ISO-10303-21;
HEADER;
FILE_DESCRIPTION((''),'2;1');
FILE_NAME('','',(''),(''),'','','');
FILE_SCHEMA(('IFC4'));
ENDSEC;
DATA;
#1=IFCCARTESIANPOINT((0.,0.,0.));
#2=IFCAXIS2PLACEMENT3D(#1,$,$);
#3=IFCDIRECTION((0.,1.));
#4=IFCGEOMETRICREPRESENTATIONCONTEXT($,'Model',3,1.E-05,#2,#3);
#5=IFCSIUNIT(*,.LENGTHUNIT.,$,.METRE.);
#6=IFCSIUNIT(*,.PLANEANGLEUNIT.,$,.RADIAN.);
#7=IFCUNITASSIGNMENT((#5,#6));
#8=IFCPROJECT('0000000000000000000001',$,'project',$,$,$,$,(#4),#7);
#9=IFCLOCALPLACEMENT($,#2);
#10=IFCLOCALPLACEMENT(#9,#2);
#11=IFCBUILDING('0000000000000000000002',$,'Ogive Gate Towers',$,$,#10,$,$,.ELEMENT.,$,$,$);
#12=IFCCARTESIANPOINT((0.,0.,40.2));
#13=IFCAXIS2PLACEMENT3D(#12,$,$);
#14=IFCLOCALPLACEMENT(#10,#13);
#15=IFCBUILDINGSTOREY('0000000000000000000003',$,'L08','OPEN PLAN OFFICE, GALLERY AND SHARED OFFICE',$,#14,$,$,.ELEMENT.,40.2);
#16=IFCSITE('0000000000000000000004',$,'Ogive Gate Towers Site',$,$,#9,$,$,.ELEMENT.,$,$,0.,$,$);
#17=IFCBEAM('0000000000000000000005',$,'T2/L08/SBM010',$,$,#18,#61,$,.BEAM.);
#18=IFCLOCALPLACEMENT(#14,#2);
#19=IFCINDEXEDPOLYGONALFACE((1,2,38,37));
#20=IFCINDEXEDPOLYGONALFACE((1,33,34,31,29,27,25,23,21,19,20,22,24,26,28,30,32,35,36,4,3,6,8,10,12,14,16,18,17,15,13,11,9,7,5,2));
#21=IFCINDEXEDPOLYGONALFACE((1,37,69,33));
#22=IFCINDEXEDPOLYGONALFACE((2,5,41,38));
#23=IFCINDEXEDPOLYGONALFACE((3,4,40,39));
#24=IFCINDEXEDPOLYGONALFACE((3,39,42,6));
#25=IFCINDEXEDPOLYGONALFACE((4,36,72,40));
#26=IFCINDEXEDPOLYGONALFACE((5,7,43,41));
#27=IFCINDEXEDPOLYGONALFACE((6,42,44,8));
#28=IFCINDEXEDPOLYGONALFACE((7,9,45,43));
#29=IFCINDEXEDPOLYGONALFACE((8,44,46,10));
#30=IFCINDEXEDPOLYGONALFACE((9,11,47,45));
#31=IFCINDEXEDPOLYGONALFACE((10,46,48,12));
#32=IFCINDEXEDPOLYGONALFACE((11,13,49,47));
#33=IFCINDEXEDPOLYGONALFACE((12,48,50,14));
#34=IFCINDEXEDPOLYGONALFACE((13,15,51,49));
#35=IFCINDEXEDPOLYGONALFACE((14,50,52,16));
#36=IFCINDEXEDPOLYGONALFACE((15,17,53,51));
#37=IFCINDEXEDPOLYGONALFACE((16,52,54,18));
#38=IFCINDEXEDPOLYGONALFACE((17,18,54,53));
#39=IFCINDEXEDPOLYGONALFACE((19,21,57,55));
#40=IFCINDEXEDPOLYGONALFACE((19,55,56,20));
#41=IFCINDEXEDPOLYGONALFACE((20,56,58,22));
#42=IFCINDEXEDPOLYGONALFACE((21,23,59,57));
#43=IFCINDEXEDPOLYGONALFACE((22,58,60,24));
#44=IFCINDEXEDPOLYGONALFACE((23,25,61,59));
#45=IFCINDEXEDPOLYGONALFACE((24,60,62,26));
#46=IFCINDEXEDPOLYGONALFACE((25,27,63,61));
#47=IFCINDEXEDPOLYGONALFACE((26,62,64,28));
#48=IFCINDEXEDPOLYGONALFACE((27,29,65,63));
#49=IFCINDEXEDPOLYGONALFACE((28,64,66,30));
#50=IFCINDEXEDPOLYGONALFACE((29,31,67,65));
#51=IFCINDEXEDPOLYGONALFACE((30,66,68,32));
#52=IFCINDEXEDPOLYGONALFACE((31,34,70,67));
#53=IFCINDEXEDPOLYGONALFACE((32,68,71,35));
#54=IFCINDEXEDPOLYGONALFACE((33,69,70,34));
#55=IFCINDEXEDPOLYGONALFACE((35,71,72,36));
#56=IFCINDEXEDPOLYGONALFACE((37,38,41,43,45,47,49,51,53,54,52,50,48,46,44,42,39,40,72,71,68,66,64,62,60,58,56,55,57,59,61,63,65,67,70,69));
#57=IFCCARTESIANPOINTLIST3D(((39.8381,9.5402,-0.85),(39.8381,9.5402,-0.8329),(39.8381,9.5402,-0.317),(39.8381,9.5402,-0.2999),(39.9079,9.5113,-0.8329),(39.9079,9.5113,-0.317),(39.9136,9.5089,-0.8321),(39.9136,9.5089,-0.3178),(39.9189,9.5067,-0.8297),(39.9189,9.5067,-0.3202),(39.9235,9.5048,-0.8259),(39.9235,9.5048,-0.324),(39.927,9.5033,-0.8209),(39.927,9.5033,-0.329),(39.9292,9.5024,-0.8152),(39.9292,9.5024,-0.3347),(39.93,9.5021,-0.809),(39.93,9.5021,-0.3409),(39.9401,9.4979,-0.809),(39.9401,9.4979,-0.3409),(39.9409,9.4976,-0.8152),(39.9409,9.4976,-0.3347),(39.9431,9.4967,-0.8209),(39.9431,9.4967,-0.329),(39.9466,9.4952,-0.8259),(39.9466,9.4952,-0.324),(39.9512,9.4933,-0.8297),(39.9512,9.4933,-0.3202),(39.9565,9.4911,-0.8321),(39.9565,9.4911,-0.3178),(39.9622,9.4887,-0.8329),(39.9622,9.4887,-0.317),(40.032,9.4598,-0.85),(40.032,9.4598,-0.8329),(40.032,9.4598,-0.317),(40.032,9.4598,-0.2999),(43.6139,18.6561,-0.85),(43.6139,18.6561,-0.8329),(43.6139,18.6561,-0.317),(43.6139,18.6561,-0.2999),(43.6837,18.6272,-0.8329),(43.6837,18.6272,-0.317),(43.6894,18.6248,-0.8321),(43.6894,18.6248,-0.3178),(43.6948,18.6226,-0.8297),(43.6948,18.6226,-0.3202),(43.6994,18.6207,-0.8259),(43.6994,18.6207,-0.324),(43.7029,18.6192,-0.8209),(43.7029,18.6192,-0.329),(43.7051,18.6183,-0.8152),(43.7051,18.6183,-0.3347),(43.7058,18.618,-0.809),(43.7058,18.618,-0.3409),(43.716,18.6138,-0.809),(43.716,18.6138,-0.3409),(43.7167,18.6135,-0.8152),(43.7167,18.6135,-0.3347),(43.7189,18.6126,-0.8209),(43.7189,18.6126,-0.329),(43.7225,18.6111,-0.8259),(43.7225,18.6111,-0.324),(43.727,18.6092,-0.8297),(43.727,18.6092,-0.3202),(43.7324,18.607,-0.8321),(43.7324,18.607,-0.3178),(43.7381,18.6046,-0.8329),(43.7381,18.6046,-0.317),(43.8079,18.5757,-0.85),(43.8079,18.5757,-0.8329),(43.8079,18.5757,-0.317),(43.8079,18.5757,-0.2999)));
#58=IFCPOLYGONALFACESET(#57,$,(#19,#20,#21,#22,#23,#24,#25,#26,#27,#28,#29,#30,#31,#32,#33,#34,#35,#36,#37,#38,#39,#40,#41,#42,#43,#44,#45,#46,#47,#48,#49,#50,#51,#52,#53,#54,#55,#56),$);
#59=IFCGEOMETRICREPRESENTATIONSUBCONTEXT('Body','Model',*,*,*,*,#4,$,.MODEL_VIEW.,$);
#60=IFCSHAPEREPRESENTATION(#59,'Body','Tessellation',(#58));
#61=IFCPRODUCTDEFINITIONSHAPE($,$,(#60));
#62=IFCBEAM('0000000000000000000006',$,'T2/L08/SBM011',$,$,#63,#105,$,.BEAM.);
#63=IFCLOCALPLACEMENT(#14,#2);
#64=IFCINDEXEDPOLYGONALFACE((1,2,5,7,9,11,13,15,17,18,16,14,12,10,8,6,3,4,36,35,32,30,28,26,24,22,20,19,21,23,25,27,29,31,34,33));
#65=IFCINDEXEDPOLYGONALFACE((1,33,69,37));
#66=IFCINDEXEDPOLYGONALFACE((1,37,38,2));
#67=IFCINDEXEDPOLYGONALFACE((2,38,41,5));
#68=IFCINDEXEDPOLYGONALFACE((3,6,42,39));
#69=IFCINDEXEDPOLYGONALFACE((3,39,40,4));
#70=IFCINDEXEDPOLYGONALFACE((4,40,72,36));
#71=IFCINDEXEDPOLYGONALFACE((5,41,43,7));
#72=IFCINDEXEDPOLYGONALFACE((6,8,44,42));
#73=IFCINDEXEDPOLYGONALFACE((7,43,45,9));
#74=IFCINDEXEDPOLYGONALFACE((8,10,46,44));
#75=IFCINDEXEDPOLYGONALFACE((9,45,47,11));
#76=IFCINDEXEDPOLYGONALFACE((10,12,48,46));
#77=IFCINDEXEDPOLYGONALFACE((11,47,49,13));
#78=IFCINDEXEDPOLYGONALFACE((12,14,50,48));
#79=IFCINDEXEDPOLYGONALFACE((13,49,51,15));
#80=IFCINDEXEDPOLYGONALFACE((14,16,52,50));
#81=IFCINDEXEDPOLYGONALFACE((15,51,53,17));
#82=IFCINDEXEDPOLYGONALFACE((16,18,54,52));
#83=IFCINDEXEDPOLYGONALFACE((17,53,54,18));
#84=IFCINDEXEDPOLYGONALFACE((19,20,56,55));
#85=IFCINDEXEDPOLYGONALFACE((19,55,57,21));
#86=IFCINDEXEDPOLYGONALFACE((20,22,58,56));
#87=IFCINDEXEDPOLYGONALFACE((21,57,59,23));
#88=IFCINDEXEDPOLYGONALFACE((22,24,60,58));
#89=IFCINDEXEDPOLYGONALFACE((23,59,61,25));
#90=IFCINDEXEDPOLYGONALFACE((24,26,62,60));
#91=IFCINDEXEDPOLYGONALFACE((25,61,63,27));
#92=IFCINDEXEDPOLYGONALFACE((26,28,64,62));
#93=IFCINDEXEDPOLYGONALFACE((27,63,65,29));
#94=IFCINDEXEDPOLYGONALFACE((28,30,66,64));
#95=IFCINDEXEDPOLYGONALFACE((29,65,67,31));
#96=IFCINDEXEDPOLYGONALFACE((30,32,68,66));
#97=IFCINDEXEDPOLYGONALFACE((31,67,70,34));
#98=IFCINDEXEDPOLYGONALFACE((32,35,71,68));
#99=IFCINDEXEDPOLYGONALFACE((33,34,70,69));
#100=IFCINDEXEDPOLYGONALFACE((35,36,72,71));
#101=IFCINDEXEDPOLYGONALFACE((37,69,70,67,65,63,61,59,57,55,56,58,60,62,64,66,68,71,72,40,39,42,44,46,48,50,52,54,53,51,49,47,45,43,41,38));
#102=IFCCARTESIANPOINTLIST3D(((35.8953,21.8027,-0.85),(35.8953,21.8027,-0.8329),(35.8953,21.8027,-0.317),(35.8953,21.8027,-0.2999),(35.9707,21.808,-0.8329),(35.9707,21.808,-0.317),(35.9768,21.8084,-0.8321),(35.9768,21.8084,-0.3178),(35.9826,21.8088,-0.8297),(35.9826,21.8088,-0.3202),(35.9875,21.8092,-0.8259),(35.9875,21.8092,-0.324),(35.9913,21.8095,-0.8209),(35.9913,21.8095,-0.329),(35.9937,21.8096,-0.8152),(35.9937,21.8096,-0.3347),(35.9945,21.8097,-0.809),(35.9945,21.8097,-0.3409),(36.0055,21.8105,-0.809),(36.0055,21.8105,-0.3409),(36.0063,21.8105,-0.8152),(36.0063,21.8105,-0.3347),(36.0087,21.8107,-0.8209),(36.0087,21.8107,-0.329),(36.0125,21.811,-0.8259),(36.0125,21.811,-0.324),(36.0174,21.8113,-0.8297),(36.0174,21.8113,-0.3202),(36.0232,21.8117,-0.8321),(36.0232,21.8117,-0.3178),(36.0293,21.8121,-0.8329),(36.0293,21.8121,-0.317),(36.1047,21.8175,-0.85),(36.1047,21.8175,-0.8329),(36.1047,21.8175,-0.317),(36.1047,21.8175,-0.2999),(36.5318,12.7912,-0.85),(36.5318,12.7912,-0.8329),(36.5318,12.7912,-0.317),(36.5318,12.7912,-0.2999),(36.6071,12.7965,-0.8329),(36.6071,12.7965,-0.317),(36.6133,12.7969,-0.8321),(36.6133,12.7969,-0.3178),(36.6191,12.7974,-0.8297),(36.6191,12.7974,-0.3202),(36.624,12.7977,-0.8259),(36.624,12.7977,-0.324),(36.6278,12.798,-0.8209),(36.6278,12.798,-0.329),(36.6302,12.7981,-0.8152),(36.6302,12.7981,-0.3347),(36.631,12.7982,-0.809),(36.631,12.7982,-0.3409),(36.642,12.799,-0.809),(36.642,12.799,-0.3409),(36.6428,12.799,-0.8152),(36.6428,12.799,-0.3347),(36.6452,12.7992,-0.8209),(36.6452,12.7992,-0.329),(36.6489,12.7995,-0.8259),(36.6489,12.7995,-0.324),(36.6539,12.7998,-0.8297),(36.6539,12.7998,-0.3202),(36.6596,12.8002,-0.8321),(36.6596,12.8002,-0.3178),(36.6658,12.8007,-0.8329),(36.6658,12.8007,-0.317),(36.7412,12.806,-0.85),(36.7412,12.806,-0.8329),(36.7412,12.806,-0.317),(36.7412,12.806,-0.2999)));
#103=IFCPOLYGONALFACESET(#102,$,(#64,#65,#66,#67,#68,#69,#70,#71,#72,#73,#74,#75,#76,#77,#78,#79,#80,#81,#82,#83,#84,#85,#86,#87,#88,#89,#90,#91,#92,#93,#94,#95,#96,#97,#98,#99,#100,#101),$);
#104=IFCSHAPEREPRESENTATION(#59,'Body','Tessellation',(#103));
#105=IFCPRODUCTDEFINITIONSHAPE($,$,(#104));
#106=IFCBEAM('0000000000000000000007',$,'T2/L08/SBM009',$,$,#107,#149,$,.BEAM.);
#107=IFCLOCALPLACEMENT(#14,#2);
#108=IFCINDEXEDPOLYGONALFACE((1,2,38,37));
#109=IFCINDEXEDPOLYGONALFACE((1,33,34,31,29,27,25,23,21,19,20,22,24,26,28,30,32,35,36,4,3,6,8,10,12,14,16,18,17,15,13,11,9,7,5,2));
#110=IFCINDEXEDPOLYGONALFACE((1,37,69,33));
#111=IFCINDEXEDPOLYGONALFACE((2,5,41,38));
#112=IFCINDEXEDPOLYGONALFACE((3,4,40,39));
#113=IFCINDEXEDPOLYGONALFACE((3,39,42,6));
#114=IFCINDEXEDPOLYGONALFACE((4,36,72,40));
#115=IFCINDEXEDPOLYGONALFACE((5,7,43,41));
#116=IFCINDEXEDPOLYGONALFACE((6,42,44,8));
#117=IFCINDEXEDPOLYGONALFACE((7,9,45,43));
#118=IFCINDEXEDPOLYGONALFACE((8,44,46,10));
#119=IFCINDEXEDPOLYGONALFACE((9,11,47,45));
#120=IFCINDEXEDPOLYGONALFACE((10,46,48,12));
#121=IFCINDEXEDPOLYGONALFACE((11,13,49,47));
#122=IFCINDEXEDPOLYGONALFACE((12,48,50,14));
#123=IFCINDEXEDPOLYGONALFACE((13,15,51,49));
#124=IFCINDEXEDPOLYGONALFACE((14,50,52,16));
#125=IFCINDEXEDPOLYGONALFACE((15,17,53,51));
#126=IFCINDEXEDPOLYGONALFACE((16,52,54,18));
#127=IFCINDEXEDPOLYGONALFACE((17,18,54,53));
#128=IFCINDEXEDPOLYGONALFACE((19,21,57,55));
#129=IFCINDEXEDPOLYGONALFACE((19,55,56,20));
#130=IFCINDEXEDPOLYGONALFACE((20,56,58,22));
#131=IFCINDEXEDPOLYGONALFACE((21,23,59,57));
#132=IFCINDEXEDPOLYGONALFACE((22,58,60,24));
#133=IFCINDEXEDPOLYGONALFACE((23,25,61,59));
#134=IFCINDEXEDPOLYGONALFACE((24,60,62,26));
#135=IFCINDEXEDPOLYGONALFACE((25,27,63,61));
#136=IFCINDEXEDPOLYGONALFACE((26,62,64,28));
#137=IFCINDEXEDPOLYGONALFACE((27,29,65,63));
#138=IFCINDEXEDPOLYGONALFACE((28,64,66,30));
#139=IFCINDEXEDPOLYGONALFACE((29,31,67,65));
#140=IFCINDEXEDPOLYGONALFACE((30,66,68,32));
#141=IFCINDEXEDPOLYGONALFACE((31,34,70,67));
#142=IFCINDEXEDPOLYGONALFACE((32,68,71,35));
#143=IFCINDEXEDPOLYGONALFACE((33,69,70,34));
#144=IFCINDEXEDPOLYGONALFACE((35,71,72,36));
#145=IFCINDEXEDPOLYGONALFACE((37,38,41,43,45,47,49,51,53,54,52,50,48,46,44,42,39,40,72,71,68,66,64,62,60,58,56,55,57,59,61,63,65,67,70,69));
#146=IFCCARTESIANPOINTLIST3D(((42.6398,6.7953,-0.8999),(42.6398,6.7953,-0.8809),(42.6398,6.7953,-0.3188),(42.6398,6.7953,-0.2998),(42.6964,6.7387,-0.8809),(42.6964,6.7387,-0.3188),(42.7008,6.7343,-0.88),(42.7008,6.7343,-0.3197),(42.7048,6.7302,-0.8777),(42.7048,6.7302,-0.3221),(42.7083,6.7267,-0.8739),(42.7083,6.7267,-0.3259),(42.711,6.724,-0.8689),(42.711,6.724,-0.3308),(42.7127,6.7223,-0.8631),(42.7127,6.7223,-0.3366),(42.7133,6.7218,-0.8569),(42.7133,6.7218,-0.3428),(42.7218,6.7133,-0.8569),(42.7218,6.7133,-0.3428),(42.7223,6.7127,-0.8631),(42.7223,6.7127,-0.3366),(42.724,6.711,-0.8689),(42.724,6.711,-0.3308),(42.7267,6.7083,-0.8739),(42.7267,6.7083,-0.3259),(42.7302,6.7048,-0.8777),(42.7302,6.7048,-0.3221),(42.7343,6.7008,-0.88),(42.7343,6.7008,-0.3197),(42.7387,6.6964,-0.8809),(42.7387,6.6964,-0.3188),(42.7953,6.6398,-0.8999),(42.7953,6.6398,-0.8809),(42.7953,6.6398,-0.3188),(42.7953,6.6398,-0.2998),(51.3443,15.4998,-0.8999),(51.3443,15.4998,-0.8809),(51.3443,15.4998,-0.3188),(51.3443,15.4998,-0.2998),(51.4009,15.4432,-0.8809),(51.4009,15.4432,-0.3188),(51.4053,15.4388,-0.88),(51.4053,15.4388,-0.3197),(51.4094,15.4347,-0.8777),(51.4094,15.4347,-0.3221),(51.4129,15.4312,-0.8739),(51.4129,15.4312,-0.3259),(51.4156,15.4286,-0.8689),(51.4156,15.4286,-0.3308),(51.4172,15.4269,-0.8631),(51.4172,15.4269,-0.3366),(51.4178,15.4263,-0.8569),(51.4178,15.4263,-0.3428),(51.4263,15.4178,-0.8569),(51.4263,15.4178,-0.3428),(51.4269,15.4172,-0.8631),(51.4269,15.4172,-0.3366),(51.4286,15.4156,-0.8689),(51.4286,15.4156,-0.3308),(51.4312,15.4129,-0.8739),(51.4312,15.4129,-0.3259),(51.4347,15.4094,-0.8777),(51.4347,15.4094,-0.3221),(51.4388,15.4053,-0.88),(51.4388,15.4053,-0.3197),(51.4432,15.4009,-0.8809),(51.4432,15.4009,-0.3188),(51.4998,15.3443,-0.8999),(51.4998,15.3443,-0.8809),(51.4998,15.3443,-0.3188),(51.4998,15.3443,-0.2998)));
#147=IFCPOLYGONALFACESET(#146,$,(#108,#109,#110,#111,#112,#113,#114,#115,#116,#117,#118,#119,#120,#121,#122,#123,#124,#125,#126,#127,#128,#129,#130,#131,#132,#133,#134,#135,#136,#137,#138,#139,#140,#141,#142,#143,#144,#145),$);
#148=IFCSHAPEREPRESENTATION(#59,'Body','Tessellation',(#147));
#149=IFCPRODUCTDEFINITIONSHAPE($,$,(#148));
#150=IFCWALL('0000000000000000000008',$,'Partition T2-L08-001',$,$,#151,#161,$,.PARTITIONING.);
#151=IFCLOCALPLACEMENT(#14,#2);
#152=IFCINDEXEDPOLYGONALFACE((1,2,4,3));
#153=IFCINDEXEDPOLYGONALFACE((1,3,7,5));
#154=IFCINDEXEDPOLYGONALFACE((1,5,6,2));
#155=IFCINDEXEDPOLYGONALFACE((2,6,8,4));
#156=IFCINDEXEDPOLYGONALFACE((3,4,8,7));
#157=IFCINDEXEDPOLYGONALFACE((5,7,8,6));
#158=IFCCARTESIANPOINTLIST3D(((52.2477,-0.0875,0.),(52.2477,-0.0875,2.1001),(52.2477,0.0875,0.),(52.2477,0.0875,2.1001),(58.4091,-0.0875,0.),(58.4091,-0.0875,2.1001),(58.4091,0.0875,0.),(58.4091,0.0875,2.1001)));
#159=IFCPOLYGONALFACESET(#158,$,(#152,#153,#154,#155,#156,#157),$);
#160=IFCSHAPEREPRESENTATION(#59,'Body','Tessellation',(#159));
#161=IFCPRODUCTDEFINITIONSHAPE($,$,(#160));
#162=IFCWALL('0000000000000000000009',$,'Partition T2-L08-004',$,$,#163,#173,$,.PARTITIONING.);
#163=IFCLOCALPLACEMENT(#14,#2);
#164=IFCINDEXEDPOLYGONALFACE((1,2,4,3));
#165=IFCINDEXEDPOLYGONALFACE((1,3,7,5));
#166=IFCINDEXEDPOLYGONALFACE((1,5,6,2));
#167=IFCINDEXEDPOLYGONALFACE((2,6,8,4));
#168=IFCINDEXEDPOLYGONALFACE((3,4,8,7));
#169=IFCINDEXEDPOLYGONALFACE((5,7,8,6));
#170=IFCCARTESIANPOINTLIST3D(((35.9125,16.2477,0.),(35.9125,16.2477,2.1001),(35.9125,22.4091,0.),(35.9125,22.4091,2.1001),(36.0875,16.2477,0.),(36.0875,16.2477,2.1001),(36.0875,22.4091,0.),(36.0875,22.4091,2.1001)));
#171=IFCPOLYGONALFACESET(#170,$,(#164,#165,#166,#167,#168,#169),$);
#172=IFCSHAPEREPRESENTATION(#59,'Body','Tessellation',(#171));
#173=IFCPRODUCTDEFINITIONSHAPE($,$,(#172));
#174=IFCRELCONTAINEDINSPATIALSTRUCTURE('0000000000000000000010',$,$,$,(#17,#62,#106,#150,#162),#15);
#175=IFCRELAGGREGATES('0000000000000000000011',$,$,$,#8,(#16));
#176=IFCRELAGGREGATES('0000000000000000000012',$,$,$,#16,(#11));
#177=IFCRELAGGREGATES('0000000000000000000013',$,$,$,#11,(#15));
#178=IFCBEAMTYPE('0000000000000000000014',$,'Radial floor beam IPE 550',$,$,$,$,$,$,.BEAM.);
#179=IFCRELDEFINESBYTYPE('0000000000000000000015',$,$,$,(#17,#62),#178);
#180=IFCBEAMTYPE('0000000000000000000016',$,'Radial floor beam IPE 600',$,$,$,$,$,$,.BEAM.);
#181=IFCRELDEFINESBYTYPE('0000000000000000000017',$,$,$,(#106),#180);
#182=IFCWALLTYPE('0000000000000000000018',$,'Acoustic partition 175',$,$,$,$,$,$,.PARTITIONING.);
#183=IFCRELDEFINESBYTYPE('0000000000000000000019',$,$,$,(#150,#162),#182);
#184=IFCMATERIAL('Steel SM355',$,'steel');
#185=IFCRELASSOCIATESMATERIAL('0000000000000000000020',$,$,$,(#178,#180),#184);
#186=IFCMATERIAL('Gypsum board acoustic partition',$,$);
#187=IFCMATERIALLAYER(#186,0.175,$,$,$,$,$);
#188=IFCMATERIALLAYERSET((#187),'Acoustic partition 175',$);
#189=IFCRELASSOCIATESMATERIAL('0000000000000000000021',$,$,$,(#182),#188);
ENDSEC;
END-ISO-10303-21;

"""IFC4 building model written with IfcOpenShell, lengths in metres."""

from ifc_helpers import new_model, si_unit, direction, frame, frame_2d, origin, origin_2d, place, context, subcontext, project, spatial, rectangle, i_section, extrude, material, layer, layer_set, material_profile, profile_set, type_object, element, save


model = new_model("IFC4")

# Units and contexts
model_context = context("Model", 3, precision=1e-05, world=origin(), true_north=direction((0.0, 1.0)))
body_context = subcontext(model_context, "Body", "Model", "MODEL_VIEW")
ifc_project = project(units=[si_unit("LENGTHUNIT", "METRE"), si_unit("PLANEANGLEUNIT", "RADIAN")], contexts=[model_context])

# Site, building, storey
site_placement = place(None, origin())
site = spatial("IfcSite", under=ifc_project, at=site_placement, Name="Ogive Gate Towers Site", CompositionType="ELEMENT", RefElevation=0.0)
building_placement = place(site_placement, origin())
building = spatial("IfcBuilding", under=site, at=building_placement, Name="Ogive Gate Towers", CompositionType="ELEMENT")
storey_placement = place(building_placement, frame((0.0, 0.0, 40.2)))
storey = spatial("IfcBuildingStorey", under=building, at=storey_placement, Name="L08", Description="OPEN PLAN OFFICE, GALLERY AND SHARED OFFICE", CompositionType="ELEMENT", Elevation=40.2)

# Beams
ifc_material_1 = material(Name="Steel SM355", Category="steel")
ifc_material_profile_1 = material_profile(ifc_material_1, i_section(OverallWidth=0.21, OverallDepth=0.55, WebThickness=0.011, FlangeThickness=0.0171, FilletRadius=0.0239, at=origin_2d()), Name="IPE 550")
ifc_profile_set_1 = profile_set([ifc_material_profile_1], Name="Steel SM355")
beam_type_1 = type_object("IfcBeamType", Name="Radial floor beam IPE 550", PredefinedType="BEAM", material=ifc_profile_set_1)
for number, where, z_axis, x_axis, name in (
    (1, (39.9351, 9.5, -0.575), (0.382677, 0.923882, 0.0), (-0.923882, 0.382677, 0.0), "T2/L08/SBM010"),
):
    element("IfcBeam", number, at=place(storey_placement, frame(where, z_axis=z_axis, x_axis=x_axis)), inside=storey, type_object=beam_type_1, Name=name, PredefinedType="BEAM", context=body_context, shape_type="SweptSolid", body=[
        extrude(i_section(OverallWidth=0.21, OverallDepth=0.55, WebThickness=0.011, FlangeThickness=0.0171, FilletRadius=0.0239, at=origin_2d()), origin(), (0.0, 0.0, 1.0), 9.8669),
    ])
beam_1_placement = place(storey_placement, frame((36.6365, 12.7986, -0.575), z_axis=(-0.070454, 0.997515, 0.0), x_axis=(-0.997515, -0.070454, 0.0)))
element("IfcBeam", 2, at=beam_1_placement, inside=storey, type_object=beam_type_1, Name="T2/L08/SBM011", PredefinedType="BEAM", context=body_context, shape_type="SweptSolid", body=[
    extrude(i_section(OverallWidth=0.21, OverallDepth=0.55, WebThickness=0.011, FlangeThickness=0.0171, FilletRadius=0.0239, at=origin_2d()), origin(), (0.0, 0.0, 1.0), 9.0339),
])
ifc_material_profile_2 = material_profile(ifc_material_1, i_section(OverallWidth=0.22, OverallDepth=0.6001, WebThickness=0.012, FlangeThickness=0.019, FilletRadius=0.0239, at=origin_2d()), Name="IPE 600")
ifc_profile_set_2 = profile_set([ifc_material_profile_2], Name="Steel SM355")
beam_type_2 = type_object("IfcBeamType", Name="Radial floor beam IPE 600", PredefinedType="BEAM", material=ifc_profile_set_2)
beam_2_placement = place(storey_placement, frame((42.7175, 6.7175, -0.5999), z_axis=(0.707107, 0.707107, 0.0), x_axis=(-0.707107, 0.707107, 0.0)))
element("IfcBeam", 3, at=beam_2_placement, inside=storey, type_object=beam_type_2, Name="T2/L08/SBM009", PredefinedType="BEAM", context=body_context, shape_type="SweptSolid", body=[
    extrude(i_section(OverallWidth=0.22, OverallDepth=0.6001, WebThickness=0.012, FlangeThickness=0.019, FilletRadius=0.0239, at=origin_2d()), origin(), (0.0, 0.0, 1.0), 12.3101),
])

# Walls
ifc_material_2 = material(Name="Gypsum board acoustic partition")
ifc_layer_1 = layer(ifc_material_2, 0.175)
ifc_layer_set_1 = layer_set([ifc_layer_1], Name="Acoustic partition 175")
wall_type_1 = type_object("IfcWallType", Name="Acoustic partition 175", PredefinedType="PARTITIONING", material=ifc_layer_set_1)
for number, where, z_axis, x_axis, name in (
    (4, (58.4089, 0.0, 0.0), (0.0, 0.0, 1.0), (-1.0, 0.0, 0.0), "Partition T2-L08-001"),
    (5, (36.0, 22.4089, 0.0), (0.0, 0.0, 1.0), (0.0, -1.0, 0.0), "Partition T2-L08-004"),
):
    element("IfcWall", number, at=place(storey_placement, frame(where, z_axis=z_axis, x_axis=x_axis)), inside=storey, type_object=wall_type_1, Name=name, PredefinedType="PARTITIONING", context=body_context, shape_type="SweptSolid", body=[
        extrude(rectangle(XDim=6.1614, YDim=0.175, at=frame_2d((3.0806, 0.0))), origin(), (0.0, 0.0, 1.0), 2.1001),
    ])

save(model, "model.ifc")
